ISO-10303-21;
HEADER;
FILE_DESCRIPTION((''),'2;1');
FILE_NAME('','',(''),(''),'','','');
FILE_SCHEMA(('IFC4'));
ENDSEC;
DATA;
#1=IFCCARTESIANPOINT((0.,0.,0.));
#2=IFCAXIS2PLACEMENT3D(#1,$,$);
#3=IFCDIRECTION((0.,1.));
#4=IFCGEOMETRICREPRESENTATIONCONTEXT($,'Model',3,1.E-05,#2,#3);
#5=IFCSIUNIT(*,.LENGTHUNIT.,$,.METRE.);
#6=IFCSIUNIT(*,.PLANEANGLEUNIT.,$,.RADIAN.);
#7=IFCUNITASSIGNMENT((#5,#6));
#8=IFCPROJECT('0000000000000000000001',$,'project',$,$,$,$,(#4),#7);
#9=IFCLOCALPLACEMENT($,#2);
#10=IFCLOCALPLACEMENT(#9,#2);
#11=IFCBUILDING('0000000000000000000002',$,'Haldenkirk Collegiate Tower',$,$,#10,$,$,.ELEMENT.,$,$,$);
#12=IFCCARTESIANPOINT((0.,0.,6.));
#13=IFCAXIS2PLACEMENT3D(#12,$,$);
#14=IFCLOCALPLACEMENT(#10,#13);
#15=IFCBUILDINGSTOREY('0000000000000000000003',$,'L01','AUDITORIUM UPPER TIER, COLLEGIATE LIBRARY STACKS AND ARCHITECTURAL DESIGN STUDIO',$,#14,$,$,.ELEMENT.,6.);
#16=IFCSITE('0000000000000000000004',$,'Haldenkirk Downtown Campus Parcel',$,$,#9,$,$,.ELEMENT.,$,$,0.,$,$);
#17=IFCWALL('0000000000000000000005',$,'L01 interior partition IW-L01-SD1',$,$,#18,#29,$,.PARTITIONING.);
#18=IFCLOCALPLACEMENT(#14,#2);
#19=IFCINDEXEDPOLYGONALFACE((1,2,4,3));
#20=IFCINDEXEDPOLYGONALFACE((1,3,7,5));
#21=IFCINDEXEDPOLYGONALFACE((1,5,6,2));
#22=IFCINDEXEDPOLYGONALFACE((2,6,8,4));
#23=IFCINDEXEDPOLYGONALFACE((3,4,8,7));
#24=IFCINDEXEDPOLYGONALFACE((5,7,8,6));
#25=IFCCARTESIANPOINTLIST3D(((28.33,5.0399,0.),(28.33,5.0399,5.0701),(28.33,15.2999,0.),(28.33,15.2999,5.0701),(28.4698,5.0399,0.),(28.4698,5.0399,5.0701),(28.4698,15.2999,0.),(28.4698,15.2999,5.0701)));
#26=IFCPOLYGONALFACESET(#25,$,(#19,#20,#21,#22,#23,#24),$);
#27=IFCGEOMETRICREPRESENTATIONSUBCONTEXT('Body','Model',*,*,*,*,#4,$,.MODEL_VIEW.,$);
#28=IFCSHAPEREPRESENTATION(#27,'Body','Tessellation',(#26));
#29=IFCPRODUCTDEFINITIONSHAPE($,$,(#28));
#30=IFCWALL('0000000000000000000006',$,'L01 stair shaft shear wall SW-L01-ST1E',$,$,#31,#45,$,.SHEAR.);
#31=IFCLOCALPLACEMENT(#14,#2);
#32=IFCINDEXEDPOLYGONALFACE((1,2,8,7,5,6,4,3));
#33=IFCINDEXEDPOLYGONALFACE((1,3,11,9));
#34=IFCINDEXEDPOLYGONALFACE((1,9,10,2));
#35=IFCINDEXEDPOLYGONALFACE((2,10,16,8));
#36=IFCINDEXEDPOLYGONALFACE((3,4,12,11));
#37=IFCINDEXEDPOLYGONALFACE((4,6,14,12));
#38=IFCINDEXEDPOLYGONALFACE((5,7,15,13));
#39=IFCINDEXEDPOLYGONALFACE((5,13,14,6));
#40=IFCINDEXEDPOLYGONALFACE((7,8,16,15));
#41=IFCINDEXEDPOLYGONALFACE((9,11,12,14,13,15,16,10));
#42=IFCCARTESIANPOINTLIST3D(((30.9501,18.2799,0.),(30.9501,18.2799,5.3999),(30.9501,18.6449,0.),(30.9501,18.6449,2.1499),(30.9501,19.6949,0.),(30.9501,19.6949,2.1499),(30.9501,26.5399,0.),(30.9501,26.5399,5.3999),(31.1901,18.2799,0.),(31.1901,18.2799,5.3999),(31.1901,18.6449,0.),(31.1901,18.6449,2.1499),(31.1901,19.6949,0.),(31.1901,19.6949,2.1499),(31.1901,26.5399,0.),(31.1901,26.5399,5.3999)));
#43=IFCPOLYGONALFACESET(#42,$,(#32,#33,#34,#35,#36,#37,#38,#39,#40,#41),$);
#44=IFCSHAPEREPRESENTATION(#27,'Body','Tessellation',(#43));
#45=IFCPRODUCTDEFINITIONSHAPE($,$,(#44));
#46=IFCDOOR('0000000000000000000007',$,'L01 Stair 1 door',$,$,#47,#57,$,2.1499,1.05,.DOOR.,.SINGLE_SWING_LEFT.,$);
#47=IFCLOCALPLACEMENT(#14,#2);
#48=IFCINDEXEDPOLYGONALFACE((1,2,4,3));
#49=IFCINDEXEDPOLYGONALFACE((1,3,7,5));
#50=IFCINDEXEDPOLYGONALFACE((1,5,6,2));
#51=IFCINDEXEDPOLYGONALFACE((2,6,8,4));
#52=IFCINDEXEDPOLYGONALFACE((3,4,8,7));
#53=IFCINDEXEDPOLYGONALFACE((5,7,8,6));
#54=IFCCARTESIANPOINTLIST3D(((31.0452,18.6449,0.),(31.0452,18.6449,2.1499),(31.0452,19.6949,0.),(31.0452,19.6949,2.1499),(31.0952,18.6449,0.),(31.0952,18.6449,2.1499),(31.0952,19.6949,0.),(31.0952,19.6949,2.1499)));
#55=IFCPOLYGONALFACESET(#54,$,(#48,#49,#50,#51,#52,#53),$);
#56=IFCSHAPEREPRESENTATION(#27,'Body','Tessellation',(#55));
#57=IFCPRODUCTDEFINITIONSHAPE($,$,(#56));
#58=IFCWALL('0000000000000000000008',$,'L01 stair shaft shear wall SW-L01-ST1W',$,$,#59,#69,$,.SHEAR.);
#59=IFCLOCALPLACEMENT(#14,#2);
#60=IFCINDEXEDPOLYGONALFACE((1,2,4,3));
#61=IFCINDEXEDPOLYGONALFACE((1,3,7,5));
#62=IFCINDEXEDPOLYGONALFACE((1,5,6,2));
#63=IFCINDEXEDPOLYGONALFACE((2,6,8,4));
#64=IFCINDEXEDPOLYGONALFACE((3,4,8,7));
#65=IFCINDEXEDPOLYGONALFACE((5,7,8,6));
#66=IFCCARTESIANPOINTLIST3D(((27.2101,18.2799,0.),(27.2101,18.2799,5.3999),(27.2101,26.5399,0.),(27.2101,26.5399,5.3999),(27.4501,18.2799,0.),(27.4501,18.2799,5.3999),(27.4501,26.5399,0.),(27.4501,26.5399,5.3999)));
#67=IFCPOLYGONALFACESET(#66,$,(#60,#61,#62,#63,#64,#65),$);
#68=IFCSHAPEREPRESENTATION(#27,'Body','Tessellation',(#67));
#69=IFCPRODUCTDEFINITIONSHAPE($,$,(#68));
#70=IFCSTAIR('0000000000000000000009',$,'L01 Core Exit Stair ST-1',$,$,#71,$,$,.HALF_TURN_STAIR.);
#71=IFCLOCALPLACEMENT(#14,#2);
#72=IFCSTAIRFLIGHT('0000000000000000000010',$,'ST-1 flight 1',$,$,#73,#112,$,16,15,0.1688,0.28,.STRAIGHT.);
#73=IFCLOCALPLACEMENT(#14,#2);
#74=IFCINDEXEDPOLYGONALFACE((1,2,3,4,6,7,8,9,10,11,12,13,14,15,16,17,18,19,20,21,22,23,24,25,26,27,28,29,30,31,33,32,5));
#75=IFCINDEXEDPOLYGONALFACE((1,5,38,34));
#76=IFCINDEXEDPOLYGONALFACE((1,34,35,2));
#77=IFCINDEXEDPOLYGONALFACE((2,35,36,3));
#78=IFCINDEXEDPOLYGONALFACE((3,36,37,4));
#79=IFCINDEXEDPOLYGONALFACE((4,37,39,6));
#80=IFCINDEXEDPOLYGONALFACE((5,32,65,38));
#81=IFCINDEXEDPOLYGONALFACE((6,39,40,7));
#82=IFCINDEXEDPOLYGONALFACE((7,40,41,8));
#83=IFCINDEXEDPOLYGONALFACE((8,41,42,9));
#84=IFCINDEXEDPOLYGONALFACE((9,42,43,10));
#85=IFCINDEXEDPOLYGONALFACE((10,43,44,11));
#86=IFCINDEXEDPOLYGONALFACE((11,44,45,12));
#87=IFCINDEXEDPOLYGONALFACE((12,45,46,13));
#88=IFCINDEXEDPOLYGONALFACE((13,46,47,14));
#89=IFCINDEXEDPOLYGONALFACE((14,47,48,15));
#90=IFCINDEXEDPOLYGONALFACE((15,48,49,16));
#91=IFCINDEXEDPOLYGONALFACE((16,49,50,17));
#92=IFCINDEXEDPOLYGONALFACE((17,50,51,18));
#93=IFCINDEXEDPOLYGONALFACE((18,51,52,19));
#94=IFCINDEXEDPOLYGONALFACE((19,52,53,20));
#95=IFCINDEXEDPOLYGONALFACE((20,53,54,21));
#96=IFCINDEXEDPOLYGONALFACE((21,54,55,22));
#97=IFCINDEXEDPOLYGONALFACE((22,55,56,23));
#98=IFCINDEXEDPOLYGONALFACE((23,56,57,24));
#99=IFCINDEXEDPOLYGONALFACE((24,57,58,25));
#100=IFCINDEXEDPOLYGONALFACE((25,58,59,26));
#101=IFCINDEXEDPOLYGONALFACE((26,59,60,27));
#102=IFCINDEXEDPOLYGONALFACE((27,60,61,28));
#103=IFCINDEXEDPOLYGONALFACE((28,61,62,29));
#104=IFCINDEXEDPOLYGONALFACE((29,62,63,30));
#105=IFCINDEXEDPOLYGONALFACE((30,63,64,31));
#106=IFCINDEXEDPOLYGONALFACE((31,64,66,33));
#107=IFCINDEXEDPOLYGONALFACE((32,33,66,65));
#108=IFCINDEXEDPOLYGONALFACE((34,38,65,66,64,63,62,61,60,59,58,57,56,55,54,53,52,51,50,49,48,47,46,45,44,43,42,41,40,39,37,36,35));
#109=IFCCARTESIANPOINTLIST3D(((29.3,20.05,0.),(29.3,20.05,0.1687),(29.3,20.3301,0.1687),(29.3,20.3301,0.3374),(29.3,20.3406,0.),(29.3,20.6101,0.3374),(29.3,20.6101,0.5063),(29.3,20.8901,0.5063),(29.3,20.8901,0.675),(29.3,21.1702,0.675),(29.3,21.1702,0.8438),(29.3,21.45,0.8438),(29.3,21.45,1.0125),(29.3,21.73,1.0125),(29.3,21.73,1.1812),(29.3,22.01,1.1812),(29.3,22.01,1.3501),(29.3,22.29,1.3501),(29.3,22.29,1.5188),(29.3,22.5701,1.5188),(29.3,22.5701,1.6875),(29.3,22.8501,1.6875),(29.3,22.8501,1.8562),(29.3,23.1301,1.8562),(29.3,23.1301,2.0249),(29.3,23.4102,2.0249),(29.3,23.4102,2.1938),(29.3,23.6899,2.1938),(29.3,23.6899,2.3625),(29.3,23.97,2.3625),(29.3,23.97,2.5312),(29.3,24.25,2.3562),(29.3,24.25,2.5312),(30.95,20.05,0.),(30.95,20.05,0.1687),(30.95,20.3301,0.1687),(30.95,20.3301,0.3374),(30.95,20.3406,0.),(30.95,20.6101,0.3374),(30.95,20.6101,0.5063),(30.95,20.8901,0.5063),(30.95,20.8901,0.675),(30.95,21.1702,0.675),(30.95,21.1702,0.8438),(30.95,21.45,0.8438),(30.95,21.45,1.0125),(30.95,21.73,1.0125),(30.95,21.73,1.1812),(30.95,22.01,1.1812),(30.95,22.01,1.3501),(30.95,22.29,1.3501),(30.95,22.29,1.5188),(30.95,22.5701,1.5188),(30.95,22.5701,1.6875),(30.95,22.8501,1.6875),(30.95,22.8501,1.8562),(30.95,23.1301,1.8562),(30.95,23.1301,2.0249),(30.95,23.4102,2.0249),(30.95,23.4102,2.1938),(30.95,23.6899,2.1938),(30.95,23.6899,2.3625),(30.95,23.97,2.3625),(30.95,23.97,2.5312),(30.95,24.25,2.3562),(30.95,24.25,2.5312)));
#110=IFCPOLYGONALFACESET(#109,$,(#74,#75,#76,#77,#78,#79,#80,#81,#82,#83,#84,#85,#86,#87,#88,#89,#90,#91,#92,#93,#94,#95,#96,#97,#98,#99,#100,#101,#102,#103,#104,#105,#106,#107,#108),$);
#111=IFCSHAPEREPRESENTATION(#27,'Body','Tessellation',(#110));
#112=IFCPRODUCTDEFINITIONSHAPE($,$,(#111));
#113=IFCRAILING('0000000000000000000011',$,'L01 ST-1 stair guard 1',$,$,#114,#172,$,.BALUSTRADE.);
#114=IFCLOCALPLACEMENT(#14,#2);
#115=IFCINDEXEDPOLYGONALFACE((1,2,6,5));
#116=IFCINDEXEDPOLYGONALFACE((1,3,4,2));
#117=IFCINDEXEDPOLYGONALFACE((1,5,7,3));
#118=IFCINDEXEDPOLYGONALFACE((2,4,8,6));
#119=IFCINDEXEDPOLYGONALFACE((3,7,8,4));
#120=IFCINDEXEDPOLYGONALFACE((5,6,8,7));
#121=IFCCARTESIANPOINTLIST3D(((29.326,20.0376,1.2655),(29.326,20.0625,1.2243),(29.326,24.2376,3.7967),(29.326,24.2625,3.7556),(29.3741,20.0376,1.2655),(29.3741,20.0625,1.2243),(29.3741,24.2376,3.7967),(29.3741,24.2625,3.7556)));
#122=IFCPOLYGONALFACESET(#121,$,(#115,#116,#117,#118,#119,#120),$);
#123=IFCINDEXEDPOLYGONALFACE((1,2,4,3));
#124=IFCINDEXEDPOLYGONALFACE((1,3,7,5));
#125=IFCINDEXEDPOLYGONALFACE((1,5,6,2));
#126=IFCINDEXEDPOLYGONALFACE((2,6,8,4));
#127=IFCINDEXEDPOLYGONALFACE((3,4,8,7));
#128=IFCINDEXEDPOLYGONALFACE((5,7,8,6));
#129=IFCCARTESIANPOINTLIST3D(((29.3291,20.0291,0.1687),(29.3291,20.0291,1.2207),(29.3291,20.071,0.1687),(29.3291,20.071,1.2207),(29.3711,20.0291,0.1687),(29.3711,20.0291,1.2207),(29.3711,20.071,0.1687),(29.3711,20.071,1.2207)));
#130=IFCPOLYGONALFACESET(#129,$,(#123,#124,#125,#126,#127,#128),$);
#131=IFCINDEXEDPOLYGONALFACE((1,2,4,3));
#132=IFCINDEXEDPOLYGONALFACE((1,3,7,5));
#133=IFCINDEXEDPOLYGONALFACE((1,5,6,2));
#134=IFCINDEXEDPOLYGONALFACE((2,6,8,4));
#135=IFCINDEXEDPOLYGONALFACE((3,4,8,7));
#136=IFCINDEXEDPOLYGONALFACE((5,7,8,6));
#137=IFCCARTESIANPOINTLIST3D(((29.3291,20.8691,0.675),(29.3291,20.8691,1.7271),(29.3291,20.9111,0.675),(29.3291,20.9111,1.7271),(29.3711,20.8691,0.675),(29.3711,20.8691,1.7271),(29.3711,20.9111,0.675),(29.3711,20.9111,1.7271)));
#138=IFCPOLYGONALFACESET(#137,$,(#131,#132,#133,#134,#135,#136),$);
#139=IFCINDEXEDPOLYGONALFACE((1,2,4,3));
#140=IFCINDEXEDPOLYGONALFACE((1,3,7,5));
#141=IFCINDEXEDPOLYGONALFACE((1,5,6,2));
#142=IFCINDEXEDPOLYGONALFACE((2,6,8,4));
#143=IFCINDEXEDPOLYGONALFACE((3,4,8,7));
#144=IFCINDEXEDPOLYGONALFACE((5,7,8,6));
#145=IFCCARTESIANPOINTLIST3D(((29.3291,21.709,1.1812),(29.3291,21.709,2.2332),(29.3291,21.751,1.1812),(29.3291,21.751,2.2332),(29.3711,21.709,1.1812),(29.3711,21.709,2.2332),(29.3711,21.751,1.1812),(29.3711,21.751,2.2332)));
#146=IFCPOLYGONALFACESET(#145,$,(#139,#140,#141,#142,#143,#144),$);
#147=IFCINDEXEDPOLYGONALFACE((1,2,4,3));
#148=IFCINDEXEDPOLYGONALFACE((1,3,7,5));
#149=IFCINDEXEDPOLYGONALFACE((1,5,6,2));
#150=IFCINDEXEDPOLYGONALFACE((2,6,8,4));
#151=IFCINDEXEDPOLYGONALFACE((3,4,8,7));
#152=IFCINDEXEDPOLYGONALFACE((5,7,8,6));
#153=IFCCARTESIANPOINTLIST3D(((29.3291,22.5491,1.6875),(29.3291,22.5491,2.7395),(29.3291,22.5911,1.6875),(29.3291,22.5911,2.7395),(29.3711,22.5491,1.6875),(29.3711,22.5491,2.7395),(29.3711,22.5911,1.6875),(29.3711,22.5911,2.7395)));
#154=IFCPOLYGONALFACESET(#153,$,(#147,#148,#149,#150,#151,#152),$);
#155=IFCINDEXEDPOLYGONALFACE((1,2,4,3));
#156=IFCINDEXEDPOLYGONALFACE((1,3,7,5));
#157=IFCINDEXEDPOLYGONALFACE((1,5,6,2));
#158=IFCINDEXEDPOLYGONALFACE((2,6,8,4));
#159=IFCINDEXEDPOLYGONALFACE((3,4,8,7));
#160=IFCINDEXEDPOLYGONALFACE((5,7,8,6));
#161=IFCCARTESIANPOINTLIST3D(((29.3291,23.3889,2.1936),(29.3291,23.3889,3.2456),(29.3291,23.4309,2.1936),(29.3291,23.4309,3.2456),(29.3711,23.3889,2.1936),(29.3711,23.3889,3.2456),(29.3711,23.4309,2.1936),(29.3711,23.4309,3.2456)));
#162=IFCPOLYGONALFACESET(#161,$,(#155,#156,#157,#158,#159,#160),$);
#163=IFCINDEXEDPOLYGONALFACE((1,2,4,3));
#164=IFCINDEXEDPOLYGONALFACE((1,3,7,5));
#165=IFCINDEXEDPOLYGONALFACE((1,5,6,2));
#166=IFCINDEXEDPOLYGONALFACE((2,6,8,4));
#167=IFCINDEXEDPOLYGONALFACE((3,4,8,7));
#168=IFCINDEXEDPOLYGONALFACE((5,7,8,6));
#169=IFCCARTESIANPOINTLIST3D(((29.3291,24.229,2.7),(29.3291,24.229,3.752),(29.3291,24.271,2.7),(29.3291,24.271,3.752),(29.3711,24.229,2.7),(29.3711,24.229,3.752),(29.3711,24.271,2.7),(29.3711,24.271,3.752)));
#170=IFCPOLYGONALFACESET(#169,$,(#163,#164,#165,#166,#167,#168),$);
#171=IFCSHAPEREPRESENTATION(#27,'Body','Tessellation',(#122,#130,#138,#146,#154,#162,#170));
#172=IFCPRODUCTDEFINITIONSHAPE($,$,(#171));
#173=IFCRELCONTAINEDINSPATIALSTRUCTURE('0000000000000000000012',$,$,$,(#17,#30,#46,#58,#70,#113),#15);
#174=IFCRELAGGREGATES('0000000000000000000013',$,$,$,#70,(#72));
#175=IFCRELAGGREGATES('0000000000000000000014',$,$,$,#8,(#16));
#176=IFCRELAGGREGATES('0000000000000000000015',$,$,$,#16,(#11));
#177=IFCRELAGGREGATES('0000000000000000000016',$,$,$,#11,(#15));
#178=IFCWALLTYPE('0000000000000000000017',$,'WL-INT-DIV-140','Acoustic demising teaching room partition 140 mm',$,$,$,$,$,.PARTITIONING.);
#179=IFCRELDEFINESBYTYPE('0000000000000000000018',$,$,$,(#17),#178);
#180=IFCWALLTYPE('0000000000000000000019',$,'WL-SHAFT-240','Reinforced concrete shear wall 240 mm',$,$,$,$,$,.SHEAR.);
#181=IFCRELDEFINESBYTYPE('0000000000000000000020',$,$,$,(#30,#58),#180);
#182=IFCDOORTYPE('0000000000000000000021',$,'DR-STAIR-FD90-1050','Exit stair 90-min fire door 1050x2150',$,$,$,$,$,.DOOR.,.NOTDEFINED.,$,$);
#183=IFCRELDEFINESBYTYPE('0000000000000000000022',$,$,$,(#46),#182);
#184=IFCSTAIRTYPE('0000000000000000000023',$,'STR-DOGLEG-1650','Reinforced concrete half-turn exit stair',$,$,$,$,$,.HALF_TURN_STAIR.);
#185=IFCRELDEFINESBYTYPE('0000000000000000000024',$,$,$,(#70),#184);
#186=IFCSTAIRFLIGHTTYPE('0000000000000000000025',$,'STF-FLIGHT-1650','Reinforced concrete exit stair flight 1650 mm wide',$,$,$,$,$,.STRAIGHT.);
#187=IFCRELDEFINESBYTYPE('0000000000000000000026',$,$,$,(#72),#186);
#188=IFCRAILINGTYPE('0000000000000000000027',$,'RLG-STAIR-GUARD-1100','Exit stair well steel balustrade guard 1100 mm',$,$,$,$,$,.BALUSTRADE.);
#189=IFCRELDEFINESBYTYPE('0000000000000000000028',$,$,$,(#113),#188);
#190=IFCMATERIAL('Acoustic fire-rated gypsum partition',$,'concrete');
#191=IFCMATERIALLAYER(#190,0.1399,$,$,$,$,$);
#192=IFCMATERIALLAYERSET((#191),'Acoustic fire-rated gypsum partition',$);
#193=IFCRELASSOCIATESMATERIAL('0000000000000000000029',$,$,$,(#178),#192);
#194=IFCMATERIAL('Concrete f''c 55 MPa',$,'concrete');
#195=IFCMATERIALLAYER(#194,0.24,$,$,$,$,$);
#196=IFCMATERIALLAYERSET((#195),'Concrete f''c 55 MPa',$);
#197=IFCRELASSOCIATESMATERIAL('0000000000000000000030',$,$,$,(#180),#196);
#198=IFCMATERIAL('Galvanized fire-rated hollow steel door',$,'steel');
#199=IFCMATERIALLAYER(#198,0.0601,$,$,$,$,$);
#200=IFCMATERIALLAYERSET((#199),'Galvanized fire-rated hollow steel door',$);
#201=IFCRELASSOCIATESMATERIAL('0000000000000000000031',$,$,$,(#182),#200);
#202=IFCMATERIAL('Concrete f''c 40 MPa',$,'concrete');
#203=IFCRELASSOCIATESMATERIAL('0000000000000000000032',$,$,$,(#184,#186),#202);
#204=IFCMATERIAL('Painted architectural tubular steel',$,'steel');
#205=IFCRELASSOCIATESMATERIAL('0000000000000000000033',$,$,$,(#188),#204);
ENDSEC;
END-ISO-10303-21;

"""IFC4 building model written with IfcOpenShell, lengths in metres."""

from ifc_helpers import new_model, si_unit, direction, frame, frame_2d, origin, origin_2d, place, context, subcontext, project, spatial, polyline, rectangle, outline, extrude, material, layer, layer_set, type_object, element, fill, aggregate, save


model = new_model("IFC4")

# Units and contexts
model_context = context("Model", 3, precision=1e-05, world=origin(), true_north=direction((0.0, 1.0)))
body_context = subcontext(model_context, "Body", "Model", "MODEL_VIEW")
ifc_project = project(units=[si_unit("LENGTHUNIT", "METRE"), si_unit("PLANEANGLEUNIT", "RADIAN")], contexts=[model_context])

# Site, building, storey
site_placement = place(None, origin())
site = spatial("IfcSite", under=ifc_project, at=site_placement, Name="Haldenkirk Downtown Campus Parcel", CompositionType="ELEMENT", RefElevation=0.0)
building_placement = place(site_placement, origin())
building = spatial("IfcBuilding", under=site, at=building_placement, Name="Haldenkirk Collegiate Tower", CompositionType="ELEMENT")
storey_placement = place(building_placement, frame((0.0, 0.0, 6.0)))
storey = spatial("IfcBuildingStorey", under=building, at=storey_placement, Name="L01", Description="AUDITORIUM UPPER TIER, COLLEGIATE LIBRARY STACKS AND ARCHITECTURAL DESIGN STUDIO", CompositionType="ELEMENT", Elevation=6.0)

# Shared definitions
ifc_material_1 = material(Name="Galvanized fire-rated hollow steel door", Category="steel")

# Wall
ifc_material_2 = material(Name="Acoustic fire-rated gypsum partition", Category="concrete")
ifc_layer_1 = layer(ifc_material_2, 0.1399)
ifc_layer_set_1 = layer_set([ifc_layer_1], Name="Acoustic fire-rated gypsum partition")
wall_type_1 = type_object("IfcWallType", Name="WL-INT-DIV-140", Description="Acoustic demising teaching room partition 140 mm", PredefinedType="PARTITIONING", material=ifc_layer_set_1)
wall_1_placement = place(storey_placement, frame((28.3999, 5.04, 0.0), z_axis=(0.0, 0.0, 1.0), x_axis=(0.0, 1.0, 0.0)))
element("IfcWall", 1, at=wall_1_placement, inside=storey, type_object=wall_type_1, Name="L01 interior partition IW-L01-SD1", PredefinedType="PARTITIONING", context=body_context, shape_type="SweptSolid", body=[
    extrude(rectangle(XDim=10.26, YDim=0.1399, at=frame_2d((5.1299, 0.0))), origin(), (0.0, 0.0, 1.0), 5.0701),
])

# Wall, opening, door
ifc_material_3 = material(Name="Concrete f'c 55 MPa", Category="concrete")
ifc_layer_2 = layer(ifc_material_3, 0.24)
ifc_layer_set_2 = layer_set([ifc_layer_2], Name="Concrete f'c 55 MPa")
wall_type_2 = type_object("IfcWallType", Name="WL-SHAFT-240", Description="Reinforced concrete shear wall 240 mm", PredefinedType="SHEAR", material=ifc_layer_set_2)
wall_2_placement = place(storey_placement, frame((31.0701, 18.28, 0.0), z_axis=(0.0, 0.0, 1.0), x_axis=(0.0, 1.0, 0.0)))
wall_2 = element("IfcWall", 2, at=wall_2_placement, inside=storey, type_object=wall_type_2, Name="L01 stair shaft shear wall SW-L01-ST1E", PredefinedType="SHEAR", context=body_context, shape_type="SweptSolid", body=[
    extrude(rectangle(XDim=8.26, YDim=0.24, at=frame_2d((4.1299, 0.0))), origin(), (0.0, 0.0, 1.0), 5.3999),
])
opening_1_placement = place(wall_2_placement, frame((0.365, 0.0, 0.0)))
opening_1 = element("IfcOpeningElement", 3, at=opening_1_placement, cuts=wall_2, PredefinedType="OPENING", context=body_context, shape_type="SweptSolid", body=[
    extrude(rectangle(XDim=1.05, YDim=2.1499, at=frame_2d((0.5249, 1.075))), frame((0.0, 0.1299, 0.0), z_axis=(0.0, -1.0, 0.0), x_axis=(1.0, 0.0, 0.0)), (0.0, 0.0, 1.0), 0.26),
])
ifc_layer_3 = layer(ifc_material_1, 0.0601)
ifc_layer_set_3 = layer_set([ifc_layer_3], Name="Galvanized fire-rated hollow steel door")
door_type_1 = type_object("IfcDoorType", Name="DR-STAIR-FD90-1050", Description="Exit stair 90-min fire door 1050x2150", OperationType="NOTDEFINED", PredefinedType="DOOR", material=ifc_layer_set_3)
door_1_placement = place(opening_1_placement, origin())
door_1 = element("IfcDoor", 4, at=door_1_placement, inside=storey, type_object=door_type_1, Name="L01 Stair 1 door", OperationType="SINGLE_SWING_LEFT", OverallHeight=2.1499, OverallWidth=1.05, PredefinedType="DOOR", context=body_context, shape_type="SweptSolid", body=[
    extrude(rectangle(XDim=1.05, YDim=2.1499, at=frame_2d((0.5249, 1.075))), frame((0.0, 0.0249, 0.0), z_axis=(0.0, -1.0, 0.0), x_axis=(1.0, 0.0, 0.0)), (0.0, 0.0, 1.0), 0.05),
])
fill(opening_1, door_1)

# Wall
wall_3_placement = place(storey_placement, frame((27.3301, 18.28, 0.0), z_axis=(0.0, 0.0, 1.0), x_axis=(0.0, 1.0, 0.0)))
element("IfcWall", 5, at=wall_3_placement, inside=storey, type_object=wall_type_2, Name="L01 stair shaft shear wall SW-L01-ST1W", PredefinedType="SHEAR", context=body_context, shape_type="SweptSolid", body=[
    extrude(rectangle(XDim=8.26, YDim=0.24, at=frame_2d((4.1299, 0.0))), origin(), (0.0, 0.0, 1.0), 5.3999),
])

# Stair, stair flight
ifc_material_4 = material(Name="Concrete f'c 40 MPa", Category="concrete")
stair_type = type_object("IfcStairType", Name="STR-DOGLEG-1650", Description="Reinforced concrete half-turn exit stair", PredefinedType="HALF_TURN_STAIR", material=ifc_material_4)
stair_placement = place(storey_placement, origin())
stair = element("IfcStair", 6, at=stair_placement, inside=storey, type_object=stair_type, Name="L01 Core Exit Stair ST-1", PredefinedType="HALF_TURN_STAIR")
stair_flight_type = type_object("IfcStairFlightType", Name="STF-FLIGHT-1650", Description="Reinforced concrete exit stair flight 1650 mm wide", PredefinedType="STRAIGHT", material=ifc_material_4)
stair_flight_placement = place(storey_placement, frame((30.125, 20.05, 0.0), z_axis=(0.0, 0.0, 1.0), x_axis=(0.0, 1.0, 0.0)))
stair_flight = element("IfcStairFlight", 7, at=stair_flight_placement, type_object=stair_flight_type, Name="ST-1 flight 1", NumberOfRisers=16, NumberOfTreads=15, PredefinedType="STRAIGHT", RiserHeight=0.1688, TreadLength=0.28, context=body_context, shape_type="SweptSolid", body=[
    extrude(outline(polyline([(0.0, 0.0), (0.0, 0.1687), (0.28, 0.1687), (0.28, 0.3374), (0.5601, 0.3374), (0.5601, 0.5063), (0.8401, 0.5063), (0.8401, 0.675), (1.1201, 0.675), (1.1201, 0.8438), (1.3999, 0.8438), (1.3999, 1.0125), (1.6799, 1.0125), (1.6799, 1.1812), (1.96, 1.1812), (1.96, 1.3501), (2.24, 1.3501), (2.24, 1.5188), (2.52, 1.5188), (2.52, 1.6875), (2.8, 1.6875), (2.8, 1.8562), (3.0801, 1.8562), (3.0801, 2.0249), (3.3601, 2.0249), (3.3601, 2.1938), (3.6399, 2.1938), (3.6399, 2.3625), (3.9199, 2.3625), (3.9199, 2.5312), (4.2, 2.5312), (4.2, 2.7), (4.2, 2.3562), (0.2905, 0.0), (0.0, 0.0)])), frame((0.0, 0.825, 0.0), z_axis=(0.0, -1.0, 0.0), x_axis=(1.0, 0.0, 0.0)), (0.0, 0.0, 1.0), 1.6499),
])
aggregate(stair, [stair_flight])

# Railing
ifc_material_5 = material(Name="Painted architectural tubular steel", Category="steel")
railing_type_1 = type_object("IfcRailingType", Name="RLG-STAIR-GUARD-1100", Description="Exit stair well steel balustrade guard 1100 mm", PredefinedType="BALUSTRADE", material=ifc_material_5)
railing_1_placement = place(storey_placement, frame((29.3501, 20.05, 0.1687)))
element("IfcRailing", 8, at=railing_1_placement, inside=storey, type_object=railing_type_1, Name="L01 ST-1 stair guard 1", PredefinedType="BALUSTRADE", context=body_context, shape_type="SweptSolid", body=[
    extrude(rectangle(XDim=0.0481, YDim=0.0481, at=origin_2d()), frame((0.0, 0.0, 1.0762), z_axis=(0.0, 0.856476, 0.516186), x_axis=(-1.0, 0.0, 0.0)), (0.0, 0.0, 1.0), 4.9038),
    extrude(rectangle(XDim=0.042, YDim=0.042, at=origin_2d()), origin(), (0.0, 0.0, 1.0), 1.052),
    extrude(rectangle(XDim=0.042, YDim=0.042, at=origin_2d()), frame((0.0, 0.8401, 0.5063)), (0.0, 0.0, 1.0), 1.052),
    extrude(rectangle(XDim=0.042, YDim=0.042, at=origin_2d()), frame((0.0, 1.6799, 1.0125)), (0.0, 0.0, 1.0), 1.052),
    extrude(rectangle(XDim=0.042, YDim=0.042, at=origin_2d()), frame((0.0, 2.52, 1.5188)), (0.0, 0.0, 1.0), 1.052),
    extrude(rectangle(XDim=0.042, YDim=0.042, at=origin_2d()), frame((0.0, 3.3599, 2.0249)), (0.0, 0.0, 1.0), 1.052),
    extrude(rectangle(XDim=0.042, YDim=0.042, at=origin_2d()), frame((0.0, 4.2, 2.5312)), (0.0, 0.0, 1.0), 1.052),
])

save(model, "model.ifc")
